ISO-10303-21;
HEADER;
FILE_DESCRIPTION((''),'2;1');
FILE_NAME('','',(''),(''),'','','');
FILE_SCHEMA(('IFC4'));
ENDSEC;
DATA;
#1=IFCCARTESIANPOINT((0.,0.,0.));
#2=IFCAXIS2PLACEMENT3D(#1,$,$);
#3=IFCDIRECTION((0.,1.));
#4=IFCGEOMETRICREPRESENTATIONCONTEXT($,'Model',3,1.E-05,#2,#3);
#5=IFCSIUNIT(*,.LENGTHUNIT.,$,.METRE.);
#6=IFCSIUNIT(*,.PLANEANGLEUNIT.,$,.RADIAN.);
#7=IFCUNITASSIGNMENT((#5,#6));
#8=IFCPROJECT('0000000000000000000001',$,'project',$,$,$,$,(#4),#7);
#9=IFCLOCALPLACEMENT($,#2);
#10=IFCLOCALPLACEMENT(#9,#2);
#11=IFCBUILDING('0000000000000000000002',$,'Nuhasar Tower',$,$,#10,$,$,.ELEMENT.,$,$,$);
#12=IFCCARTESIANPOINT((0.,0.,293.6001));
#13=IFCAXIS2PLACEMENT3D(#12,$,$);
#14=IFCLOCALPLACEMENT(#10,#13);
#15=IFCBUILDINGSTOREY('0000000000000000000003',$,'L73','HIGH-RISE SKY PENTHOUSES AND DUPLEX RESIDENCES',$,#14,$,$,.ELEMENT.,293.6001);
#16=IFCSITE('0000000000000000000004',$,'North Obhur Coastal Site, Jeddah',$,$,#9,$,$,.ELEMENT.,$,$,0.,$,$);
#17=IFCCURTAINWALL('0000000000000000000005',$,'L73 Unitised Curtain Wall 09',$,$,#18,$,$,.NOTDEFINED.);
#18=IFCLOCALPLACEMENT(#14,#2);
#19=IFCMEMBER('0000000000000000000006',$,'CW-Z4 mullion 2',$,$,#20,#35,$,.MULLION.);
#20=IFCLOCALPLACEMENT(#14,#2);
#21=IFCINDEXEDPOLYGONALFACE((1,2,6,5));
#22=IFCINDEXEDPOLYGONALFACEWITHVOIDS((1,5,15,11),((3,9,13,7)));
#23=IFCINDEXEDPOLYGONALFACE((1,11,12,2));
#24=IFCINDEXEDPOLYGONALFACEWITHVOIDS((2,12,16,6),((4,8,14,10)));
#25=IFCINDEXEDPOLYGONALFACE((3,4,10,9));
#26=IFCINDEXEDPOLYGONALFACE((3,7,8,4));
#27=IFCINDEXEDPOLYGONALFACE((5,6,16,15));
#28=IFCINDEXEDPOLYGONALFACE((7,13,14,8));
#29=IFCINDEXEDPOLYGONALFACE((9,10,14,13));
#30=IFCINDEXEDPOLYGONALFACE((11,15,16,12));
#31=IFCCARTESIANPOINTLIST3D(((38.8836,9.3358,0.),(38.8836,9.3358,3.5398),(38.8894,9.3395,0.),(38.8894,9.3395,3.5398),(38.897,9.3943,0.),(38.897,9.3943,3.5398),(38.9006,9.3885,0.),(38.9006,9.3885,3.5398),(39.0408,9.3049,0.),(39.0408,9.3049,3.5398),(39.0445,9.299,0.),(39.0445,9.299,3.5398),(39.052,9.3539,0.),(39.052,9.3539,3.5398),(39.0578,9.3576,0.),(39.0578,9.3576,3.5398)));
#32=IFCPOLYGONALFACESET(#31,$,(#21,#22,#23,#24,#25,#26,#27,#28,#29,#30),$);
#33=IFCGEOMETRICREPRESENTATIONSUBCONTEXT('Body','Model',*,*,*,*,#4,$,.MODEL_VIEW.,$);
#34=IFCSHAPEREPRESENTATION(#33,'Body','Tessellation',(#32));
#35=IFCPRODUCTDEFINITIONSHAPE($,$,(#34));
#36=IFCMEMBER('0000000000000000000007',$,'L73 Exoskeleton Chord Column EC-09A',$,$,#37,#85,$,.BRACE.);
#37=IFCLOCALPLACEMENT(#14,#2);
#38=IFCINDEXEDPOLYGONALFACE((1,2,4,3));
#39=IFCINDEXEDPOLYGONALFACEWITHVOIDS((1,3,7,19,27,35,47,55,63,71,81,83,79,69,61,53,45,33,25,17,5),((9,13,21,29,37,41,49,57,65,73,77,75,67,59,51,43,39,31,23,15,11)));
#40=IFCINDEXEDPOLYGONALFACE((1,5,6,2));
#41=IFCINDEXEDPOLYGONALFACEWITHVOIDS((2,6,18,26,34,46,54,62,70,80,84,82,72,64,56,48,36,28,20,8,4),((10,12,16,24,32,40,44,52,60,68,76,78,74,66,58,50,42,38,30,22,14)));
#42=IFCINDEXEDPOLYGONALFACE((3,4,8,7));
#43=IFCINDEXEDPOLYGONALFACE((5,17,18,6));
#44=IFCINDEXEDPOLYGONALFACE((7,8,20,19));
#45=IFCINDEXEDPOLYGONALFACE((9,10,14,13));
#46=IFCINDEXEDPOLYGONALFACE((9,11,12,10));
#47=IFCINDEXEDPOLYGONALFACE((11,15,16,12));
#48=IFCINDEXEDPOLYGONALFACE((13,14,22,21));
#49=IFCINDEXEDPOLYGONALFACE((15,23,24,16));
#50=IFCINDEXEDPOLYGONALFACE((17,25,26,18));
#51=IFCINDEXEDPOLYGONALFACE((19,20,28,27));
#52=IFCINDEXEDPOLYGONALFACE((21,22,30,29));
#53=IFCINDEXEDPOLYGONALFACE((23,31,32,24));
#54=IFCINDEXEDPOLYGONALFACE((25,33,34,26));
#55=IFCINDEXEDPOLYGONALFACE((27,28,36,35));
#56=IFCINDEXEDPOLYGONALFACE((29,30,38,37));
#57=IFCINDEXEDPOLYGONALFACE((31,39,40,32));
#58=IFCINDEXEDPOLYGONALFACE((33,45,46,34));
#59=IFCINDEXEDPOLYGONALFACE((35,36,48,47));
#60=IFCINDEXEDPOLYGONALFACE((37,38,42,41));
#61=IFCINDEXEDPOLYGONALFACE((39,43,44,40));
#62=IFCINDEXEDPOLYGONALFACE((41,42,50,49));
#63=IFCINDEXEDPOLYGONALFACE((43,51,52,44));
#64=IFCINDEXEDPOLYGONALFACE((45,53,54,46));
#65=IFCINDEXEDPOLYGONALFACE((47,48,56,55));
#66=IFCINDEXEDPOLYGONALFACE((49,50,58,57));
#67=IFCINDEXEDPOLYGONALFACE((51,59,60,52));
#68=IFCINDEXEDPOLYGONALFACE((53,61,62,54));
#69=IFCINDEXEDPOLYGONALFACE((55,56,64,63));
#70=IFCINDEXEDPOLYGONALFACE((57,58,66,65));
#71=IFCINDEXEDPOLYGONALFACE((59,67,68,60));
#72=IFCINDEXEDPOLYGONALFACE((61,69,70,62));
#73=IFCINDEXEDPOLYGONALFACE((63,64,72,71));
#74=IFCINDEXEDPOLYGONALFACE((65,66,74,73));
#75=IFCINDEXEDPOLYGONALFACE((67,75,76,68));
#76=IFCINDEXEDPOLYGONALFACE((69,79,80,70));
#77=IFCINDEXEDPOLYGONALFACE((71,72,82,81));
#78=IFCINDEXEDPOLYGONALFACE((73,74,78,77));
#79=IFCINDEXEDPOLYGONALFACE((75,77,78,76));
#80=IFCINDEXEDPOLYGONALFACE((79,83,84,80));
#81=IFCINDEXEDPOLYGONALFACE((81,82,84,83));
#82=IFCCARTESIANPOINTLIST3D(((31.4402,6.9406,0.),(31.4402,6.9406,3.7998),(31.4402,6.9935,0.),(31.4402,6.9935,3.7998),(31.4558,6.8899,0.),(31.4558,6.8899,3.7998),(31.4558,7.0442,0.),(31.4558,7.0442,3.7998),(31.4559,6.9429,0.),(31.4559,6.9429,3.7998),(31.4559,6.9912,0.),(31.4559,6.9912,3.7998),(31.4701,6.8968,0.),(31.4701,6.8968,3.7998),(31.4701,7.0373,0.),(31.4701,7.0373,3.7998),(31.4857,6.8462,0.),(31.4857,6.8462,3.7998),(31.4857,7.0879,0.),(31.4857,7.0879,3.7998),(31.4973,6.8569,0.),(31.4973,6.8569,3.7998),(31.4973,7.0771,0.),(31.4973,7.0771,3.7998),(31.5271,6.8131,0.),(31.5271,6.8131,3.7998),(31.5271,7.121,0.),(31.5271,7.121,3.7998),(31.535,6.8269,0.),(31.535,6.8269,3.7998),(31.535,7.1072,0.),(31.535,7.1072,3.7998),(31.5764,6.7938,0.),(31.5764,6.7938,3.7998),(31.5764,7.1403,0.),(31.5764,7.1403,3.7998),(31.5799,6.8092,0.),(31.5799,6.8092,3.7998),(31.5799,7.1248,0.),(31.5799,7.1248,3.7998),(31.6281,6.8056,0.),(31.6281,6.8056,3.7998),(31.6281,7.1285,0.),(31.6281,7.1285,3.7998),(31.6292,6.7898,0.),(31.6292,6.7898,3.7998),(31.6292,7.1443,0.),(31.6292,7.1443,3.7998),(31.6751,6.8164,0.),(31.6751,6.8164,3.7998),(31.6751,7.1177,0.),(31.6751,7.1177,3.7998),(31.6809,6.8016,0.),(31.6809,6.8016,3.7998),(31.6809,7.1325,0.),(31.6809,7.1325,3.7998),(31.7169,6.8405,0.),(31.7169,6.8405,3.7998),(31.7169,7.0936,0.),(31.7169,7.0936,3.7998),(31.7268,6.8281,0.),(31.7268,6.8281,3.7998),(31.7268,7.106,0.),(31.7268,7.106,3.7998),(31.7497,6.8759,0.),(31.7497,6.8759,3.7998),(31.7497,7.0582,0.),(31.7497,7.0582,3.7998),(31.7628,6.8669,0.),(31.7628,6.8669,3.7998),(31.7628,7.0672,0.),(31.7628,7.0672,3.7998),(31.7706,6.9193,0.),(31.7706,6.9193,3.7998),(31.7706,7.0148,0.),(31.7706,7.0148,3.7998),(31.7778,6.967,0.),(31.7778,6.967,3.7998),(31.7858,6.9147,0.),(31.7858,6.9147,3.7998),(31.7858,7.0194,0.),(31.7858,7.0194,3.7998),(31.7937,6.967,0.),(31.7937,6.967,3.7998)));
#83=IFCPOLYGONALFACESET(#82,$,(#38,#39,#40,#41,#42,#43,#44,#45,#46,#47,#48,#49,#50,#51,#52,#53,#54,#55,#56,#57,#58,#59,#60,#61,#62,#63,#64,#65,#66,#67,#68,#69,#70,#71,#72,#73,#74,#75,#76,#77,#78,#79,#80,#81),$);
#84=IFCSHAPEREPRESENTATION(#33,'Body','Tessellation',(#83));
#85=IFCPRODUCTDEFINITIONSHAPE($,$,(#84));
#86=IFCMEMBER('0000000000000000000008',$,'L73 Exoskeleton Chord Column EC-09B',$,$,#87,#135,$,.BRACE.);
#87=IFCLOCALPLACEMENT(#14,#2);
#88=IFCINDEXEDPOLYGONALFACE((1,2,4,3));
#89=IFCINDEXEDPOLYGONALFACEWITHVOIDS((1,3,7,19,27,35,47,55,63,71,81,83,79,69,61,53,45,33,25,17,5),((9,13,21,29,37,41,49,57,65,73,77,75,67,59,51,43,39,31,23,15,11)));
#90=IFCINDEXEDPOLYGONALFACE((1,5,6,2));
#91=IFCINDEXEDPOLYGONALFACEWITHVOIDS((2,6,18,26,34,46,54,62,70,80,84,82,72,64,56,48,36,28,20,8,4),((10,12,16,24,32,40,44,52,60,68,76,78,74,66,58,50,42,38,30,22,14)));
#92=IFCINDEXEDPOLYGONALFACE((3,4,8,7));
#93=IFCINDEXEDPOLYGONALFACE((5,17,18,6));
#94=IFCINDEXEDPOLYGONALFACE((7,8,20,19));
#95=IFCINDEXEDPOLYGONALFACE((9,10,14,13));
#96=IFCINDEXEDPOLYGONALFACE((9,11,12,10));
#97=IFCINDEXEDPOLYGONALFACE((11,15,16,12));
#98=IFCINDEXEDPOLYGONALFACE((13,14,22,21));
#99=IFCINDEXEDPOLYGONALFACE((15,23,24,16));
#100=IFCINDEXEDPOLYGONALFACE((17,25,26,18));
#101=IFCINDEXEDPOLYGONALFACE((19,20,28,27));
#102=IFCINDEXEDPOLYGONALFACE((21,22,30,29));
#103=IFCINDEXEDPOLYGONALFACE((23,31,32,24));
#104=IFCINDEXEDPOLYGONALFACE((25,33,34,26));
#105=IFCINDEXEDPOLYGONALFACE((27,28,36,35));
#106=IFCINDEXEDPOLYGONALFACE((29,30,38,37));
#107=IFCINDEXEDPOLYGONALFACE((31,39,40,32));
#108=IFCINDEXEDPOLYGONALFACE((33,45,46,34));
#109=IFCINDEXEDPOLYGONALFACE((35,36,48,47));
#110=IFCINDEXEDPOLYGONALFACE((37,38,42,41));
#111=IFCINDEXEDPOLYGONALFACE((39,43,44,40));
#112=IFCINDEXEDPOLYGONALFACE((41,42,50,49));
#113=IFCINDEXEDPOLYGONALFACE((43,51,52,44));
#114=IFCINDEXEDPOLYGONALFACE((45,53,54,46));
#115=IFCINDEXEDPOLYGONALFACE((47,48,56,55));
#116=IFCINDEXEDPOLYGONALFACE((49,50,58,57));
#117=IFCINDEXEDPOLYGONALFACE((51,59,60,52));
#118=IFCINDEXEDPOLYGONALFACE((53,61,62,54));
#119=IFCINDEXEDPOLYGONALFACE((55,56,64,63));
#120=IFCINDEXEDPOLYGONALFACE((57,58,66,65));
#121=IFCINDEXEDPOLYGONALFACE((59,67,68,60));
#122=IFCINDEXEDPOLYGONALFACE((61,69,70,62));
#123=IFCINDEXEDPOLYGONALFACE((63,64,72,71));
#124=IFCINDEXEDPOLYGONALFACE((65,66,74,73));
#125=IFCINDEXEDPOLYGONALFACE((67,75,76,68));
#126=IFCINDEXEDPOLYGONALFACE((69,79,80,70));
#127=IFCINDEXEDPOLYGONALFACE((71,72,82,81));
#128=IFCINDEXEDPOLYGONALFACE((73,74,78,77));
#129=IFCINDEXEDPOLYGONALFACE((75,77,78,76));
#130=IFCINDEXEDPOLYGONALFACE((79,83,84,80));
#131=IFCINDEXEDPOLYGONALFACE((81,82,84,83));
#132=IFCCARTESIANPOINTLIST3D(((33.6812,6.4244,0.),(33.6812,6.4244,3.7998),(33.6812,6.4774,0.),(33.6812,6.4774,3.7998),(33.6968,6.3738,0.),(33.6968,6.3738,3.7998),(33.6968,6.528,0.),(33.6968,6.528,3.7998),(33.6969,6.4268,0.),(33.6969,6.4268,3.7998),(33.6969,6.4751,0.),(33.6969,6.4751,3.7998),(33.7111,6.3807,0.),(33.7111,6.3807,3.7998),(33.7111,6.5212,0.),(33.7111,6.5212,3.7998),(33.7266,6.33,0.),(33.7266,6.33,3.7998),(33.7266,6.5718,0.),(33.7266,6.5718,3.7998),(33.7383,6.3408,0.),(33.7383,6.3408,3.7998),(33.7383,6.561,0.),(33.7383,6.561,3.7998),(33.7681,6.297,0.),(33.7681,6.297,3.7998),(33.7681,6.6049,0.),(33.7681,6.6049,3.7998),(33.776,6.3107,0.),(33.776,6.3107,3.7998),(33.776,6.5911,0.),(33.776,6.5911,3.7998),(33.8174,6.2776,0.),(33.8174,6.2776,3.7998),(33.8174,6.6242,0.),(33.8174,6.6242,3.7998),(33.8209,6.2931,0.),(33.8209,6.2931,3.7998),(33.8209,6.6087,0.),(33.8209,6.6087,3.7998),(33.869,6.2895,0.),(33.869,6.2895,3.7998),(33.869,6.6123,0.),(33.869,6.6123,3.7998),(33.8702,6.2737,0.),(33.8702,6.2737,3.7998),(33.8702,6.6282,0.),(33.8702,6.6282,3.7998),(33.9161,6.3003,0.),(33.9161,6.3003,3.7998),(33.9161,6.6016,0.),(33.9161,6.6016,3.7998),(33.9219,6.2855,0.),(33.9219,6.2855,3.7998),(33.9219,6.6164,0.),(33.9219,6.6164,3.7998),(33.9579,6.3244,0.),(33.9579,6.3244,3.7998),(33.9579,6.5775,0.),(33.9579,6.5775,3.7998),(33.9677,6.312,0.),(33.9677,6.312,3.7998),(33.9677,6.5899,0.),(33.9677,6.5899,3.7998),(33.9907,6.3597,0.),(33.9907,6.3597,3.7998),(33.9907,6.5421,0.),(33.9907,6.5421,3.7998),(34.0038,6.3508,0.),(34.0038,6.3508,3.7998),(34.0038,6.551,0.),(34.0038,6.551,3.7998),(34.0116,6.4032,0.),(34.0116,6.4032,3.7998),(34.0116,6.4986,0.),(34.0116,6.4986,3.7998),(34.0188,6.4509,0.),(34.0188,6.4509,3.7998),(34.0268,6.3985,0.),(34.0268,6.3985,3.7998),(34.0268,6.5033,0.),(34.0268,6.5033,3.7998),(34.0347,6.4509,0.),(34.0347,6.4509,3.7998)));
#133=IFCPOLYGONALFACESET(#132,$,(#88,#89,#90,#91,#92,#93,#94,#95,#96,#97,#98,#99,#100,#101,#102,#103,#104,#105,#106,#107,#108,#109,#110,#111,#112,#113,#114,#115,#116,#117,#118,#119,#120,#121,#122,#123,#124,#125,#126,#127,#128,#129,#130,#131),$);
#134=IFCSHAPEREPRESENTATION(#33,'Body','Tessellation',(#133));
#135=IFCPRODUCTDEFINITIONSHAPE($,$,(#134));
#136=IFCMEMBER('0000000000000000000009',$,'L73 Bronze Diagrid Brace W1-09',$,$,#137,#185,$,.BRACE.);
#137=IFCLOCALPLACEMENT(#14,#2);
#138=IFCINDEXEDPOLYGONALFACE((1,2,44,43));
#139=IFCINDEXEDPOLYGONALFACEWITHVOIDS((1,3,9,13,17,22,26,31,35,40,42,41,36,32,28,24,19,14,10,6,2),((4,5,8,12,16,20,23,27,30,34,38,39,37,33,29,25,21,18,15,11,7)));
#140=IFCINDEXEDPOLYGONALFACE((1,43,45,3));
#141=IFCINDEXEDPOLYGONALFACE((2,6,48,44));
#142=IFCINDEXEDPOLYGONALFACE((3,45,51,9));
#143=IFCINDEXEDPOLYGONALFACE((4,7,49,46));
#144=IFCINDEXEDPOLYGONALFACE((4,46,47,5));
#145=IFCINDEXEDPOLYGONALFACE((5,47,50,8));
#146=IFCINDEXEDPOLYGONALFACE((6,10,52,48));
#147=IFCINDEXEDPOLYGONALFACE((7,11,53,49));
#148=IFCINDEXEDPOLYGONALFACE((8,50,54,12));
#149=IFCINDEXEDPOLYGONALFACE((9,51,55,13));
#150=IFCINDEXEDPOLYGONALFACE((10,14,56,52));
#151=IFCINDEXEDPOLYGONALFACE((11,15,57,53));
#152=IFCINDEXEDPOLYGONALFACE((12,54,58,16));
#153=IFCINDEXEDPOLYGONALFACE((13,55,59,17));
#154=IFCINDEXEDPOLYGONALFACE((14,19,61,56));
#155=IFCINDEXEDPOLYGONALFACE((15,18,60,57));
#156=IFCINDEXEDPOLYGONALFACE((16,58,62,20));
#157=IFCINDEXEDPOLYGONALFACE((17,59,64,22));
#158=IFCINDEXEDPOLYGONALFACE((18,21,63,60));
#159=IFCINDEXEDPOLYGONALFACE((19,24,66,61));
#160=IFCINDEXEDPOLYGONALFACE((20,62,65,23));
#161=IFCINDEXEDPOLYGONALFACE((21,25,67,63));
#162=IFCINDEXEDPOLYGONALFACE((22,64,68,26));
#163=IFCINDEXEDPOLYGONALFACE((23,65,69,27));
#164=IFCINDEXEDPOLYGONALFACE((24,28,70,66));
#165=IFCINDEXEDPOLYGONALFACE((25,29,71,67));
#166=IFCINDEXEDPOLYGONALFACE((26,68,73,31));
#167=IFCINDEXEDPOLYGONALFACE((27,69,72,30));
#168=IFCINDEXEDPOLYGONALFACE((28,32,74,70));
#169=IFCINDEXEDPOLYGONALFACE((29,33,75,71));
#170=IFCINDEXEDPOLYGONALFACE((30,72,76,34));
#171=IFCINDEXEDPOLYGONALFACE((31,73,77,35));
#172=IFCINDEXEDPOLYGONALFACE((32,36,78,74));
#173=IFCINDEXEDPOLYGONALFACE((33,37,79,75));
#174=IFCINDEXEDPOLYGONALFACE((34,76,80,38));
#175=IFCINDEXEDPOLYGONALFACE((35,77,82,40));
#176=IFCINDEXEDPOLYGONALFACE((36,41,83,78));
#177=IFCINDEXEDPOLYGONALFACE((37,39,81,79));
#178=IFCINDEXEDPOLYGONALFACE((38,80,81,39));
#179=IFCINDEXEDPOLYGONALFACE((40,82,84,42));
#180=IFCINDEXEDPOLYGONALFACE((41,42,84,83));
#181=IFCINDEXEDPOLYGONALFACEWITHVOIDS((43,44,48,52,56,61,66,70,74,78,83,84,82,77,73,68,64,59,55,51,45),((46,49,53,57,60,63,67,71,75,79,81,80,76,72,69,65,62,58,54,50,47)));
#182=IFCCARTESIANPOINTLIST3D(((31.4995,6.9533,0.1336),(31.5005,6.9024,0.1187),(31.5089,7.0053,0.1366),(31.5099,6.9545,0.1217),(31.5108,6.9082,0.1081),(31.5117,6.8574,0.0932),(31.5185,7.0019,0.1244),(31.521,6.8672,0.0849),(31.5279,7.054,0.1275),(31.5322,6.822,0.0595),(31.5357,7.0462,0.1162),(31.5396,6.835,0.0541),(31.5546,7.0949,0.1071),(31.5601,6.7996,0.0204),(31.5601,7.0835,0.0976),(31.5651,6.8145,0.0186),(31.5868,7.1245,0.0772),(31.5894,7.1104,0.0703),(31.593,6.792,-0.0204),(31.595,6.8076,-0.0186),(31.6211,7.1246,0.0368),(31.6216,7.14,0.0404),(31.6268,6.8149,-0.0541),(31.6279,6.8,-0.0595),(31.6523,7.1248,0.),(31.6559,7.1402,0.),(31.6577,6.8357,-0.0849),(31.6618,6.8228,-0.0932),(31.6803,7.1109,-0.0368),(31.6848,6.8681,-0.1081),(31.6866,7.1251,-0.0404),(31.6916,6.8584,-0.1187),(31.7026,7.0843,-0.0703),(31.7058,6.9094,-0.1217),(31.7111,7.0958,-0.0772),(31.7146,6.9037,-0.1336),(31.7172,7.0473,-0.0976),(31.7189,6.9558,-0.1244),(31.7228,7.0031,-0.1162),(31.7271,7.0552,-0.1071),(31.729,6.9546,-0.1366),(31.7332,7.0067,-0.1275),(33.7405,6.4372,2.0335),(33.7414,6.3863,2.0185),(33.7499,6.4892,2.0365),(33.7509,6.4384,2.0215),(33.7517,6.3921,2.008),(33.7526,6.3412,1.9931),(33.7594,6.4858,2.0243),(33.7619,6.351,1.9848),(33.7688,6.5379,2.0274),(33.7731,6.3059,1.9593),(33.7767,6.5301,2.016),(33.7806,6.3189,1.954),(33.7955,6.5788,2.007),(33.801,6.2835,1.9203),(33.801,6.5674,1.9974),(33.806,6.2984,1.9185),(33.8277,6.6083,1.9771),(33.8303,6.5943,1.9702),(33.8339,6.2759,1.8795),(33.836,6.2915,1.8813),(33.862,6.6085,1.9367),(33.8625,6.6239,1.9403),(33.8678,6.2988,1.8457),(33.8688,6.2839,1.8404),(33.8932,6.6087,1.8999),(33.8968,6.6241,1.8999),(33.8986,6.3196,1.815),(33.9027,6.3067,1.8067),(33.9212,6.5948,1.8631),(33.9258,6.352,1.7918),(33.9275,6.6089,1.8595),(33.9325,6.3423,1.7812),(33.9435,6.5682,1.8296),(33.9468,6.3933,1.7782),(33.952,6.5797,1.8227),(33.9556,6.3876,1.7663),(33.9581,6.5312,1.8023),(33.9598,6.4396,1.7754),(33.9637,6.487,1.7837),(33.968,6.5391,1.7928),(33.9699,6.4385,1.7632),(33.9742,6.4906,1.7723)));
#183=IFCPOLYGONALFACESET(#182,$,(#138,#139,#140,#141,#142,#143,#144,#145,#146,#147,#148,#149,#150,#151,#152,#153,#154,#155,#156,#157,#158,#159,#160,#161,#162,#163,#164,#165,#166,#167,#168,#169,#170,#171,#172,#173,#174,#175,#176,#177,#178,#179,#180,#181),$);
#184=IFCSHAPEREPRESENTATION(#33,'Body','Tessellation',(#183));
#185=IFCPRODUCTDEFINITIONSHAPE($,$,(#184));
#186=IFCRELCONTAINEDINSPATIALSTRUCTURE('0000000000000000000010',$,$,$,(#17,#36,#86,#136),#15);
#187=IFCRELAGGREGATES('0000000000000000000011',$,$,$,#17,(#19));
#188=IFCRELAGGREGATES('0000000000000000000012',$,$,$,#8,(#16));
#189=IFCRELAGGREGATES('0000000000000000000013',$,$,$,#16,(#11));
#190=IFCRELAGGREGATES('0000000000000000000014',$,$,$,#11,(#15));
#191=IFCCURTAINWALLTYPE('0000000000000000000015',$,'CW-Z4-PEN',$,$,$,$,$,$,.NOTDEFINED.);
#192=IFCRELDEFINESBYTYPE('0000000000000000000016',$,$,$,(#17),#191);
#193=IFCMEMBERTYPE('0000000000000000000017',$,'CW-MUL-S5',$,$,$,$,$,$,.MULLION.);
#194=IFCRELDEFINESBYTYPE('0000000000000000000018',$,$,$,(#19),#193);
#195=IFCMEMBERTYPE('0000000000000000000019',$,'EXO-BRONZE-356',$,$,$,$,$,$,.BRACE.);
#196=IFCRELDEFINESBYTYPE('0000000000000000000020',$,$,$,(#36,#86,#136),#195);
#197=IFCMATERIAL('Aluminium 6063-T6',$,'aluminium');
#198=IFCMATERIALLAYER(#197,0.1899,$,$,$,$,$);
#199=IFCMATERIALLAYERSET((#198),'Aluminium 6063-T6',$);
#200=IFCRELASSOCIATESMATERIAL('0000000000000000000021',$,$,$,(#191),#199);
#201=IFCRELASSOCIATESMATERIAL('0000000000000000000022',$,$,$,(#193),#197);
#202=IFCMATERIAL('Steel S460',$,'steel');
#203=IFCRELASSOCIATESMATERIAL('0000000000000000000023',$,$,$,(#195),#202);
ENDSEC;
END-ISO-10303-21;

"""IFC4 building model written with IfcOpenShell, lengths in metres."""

from ifc_helpers import new_model, si_unit, direction, frame, origin, origin_2d, place, context, subcontext, project, spatial, hollow_rectangle, hollow_circle, extrude, material, layer, layer_set, material_profile, profile_set, type_object, element, aggregate, save


model = new_model("IFC4")

# Units and contexts
model_context = context("Model", 3, precision=1e-05, world=origin(), true_north=direction((0.0, 1.0)))
body_context = subcontext(model_context, "Body", "Model", "MODEL_VIEW")
ifc_project = project(units=[si_unit("LENGTHUNIT", "METRE"), si_unit("PLANEANGLEUNIT", "RADIAN")], contexts=[model_context])

# Site, building, storey
site_placement = place(None, origin())
site = spatial("IfcSite", under=ifc_project, at=site_placement, Name="North Obhur Coastal Site, Jeddah", CompositionType="ELEMENT", RefElevation=0.0)
building_placement = place(site_placement, origin())
building = spatial("IfcBuilding", under=site, at=building_placement, Name="Nuhasar Tower", CompositionType="ELEMENT")
storey_placement = place(building_placement, frame((0.0, 0.0, 293.6001)))
storey = spatial("IfcBuildingStorey", under=building, at=storey_placement, Name="L73", Description="HIGH-RISE SKY PENTHOUSES AND DUPLEX RESIDENCES", CompositionType="ELEMENT", Elevation=293.6001)

# Curtain wall, member
ifc_material_1 = material(Name="Aluminium 6063-T6", Category="aluminium")
ifc_layer_1 = layer(ifc_material_1, 0.1899)
ifc_layer_set_1 = layer_set([ifc_layer_1], Name="Aluminium 6063-T6")
curtain_wall_type = type_object("IfcCurtainWallType", Name="CW-Z4-PEN", PredefinedType="NOTDEFINED", material=ifc_layer_set_1)
curtain_wall_placement = place(storey_placement, origin())
curtain_wall = element("IfcCurtainWall", 1, at=curtain_wall_placement, inside=storey, type_object=curtain_wall_type, Name="L73 Unitised Curtain Wall 09", PredefinedType="NOTDEFINED")
ifc_material_profile_1 = material_profile(ifc_material_1, hollow_rectangle(XDim=0.0601, YDim=0.165, WallThickness=0.0049, at=origin_2d()), Name="CWM-5")
ifc_profile_set_1 = profile_set([ifc_material_profile_1], Name="Aluminium 6063-T6")
member_type_1 = type_object("IfcMemberType", Name="CW-MUL-S5", PredefinedType="MULLION", material=ifc_profile_set_1)
member_placement = place(storey_placement, frame((38.9707, 9.3467, 0.0), z_axis=(0.0, 0.0, 1.0), x_axis=(0.222889, 0.974844, 0.0)))
member = element("IfcMember", 2, at=member_placement, type_object=member_type_1, Name="CW-Z4 mullion 2", PredefinedType="MULLION", context=body_context, shape_type="SweptSolid", body=[
    extrude(hollow_rectangle(XDim=0.0601, YDim=0.165, WallThickness=0.0049, at=origin_2d()), origin(), (0.0, 0.0, 1.0), 3.5398),
])

# Members
ifc_material_2 = material(Name="Steel S460", Category="steel")
ifc_material_profile_2 = material_profile(ifc_material_2, hollow_circle(Radius=0.1777, WallThickness=0.0159, at=origin_2d()), Name="HSS355.6X15.9")
ifc_profile_set_2 = profile_set([ifc_material_profile_2], Name="Steel S460")
member_type_2 = type_object("IfcMemberType", Name="EXO-BRONZE-356", PredefinedType="BRACE", material=ifc_profile_set_2)
for number, where, z_axis, x_axis, name in (
    (3, (31.616, 6.967, 0.0), (0.0, 0.0, 1.0), (1.0, 0.0, 0.0), "L73 Exoskeleton Chord Column EC-09A"),
    (4, (33.8569, 6.4509, 0.0), (0.0, 0.0, 1.0), (1.0, 0.0, 0.0), "L73 Exoskeleton Chord Column EC-09B"),
):
    element("IfcMember", number, at=place(storey_placement, frame(where, z_axis=z_axis, x_axis=x_axis)), inside=storey, type_object=member_type_2, Name=name, PredefinedType="BRACE", context=body_context, shape_type="SweptSolid", body=[
        extrude(hollow_circle(Radius=0.1777, WallThickness=0.0159, at=origin_2d()), origin(), (0.0, 0.0, 1.0), 3.7998),
    ])
for number, where, z_axis, x_axis, name in (
    (5, (31.616, 6.967, 0.0), (0.751261, -0.173022, 0.636923), (0.224433, 0.97449, 0.0), "L73 Bronze Diagrid Brace W1-09"),
):
    element("IfcMember", number, at=place(storey_placement, frame(where, z_axis=z_axis, x_axis=x_axis)), inside=storey, type_object=member_type_2, Name=name, PredefinedType="BRACE", context=body_context, shape_type="SweptSolid", body=[
        extrude(hollow_circle(Radius=0.1777, WallThickness=0.0159, at=origin_2d()), origin(), (0.0, 0.0, 1.0), 2.9829),
    ])

aggregate(curtain_wall, [member])

save(model, "model.ifc")
